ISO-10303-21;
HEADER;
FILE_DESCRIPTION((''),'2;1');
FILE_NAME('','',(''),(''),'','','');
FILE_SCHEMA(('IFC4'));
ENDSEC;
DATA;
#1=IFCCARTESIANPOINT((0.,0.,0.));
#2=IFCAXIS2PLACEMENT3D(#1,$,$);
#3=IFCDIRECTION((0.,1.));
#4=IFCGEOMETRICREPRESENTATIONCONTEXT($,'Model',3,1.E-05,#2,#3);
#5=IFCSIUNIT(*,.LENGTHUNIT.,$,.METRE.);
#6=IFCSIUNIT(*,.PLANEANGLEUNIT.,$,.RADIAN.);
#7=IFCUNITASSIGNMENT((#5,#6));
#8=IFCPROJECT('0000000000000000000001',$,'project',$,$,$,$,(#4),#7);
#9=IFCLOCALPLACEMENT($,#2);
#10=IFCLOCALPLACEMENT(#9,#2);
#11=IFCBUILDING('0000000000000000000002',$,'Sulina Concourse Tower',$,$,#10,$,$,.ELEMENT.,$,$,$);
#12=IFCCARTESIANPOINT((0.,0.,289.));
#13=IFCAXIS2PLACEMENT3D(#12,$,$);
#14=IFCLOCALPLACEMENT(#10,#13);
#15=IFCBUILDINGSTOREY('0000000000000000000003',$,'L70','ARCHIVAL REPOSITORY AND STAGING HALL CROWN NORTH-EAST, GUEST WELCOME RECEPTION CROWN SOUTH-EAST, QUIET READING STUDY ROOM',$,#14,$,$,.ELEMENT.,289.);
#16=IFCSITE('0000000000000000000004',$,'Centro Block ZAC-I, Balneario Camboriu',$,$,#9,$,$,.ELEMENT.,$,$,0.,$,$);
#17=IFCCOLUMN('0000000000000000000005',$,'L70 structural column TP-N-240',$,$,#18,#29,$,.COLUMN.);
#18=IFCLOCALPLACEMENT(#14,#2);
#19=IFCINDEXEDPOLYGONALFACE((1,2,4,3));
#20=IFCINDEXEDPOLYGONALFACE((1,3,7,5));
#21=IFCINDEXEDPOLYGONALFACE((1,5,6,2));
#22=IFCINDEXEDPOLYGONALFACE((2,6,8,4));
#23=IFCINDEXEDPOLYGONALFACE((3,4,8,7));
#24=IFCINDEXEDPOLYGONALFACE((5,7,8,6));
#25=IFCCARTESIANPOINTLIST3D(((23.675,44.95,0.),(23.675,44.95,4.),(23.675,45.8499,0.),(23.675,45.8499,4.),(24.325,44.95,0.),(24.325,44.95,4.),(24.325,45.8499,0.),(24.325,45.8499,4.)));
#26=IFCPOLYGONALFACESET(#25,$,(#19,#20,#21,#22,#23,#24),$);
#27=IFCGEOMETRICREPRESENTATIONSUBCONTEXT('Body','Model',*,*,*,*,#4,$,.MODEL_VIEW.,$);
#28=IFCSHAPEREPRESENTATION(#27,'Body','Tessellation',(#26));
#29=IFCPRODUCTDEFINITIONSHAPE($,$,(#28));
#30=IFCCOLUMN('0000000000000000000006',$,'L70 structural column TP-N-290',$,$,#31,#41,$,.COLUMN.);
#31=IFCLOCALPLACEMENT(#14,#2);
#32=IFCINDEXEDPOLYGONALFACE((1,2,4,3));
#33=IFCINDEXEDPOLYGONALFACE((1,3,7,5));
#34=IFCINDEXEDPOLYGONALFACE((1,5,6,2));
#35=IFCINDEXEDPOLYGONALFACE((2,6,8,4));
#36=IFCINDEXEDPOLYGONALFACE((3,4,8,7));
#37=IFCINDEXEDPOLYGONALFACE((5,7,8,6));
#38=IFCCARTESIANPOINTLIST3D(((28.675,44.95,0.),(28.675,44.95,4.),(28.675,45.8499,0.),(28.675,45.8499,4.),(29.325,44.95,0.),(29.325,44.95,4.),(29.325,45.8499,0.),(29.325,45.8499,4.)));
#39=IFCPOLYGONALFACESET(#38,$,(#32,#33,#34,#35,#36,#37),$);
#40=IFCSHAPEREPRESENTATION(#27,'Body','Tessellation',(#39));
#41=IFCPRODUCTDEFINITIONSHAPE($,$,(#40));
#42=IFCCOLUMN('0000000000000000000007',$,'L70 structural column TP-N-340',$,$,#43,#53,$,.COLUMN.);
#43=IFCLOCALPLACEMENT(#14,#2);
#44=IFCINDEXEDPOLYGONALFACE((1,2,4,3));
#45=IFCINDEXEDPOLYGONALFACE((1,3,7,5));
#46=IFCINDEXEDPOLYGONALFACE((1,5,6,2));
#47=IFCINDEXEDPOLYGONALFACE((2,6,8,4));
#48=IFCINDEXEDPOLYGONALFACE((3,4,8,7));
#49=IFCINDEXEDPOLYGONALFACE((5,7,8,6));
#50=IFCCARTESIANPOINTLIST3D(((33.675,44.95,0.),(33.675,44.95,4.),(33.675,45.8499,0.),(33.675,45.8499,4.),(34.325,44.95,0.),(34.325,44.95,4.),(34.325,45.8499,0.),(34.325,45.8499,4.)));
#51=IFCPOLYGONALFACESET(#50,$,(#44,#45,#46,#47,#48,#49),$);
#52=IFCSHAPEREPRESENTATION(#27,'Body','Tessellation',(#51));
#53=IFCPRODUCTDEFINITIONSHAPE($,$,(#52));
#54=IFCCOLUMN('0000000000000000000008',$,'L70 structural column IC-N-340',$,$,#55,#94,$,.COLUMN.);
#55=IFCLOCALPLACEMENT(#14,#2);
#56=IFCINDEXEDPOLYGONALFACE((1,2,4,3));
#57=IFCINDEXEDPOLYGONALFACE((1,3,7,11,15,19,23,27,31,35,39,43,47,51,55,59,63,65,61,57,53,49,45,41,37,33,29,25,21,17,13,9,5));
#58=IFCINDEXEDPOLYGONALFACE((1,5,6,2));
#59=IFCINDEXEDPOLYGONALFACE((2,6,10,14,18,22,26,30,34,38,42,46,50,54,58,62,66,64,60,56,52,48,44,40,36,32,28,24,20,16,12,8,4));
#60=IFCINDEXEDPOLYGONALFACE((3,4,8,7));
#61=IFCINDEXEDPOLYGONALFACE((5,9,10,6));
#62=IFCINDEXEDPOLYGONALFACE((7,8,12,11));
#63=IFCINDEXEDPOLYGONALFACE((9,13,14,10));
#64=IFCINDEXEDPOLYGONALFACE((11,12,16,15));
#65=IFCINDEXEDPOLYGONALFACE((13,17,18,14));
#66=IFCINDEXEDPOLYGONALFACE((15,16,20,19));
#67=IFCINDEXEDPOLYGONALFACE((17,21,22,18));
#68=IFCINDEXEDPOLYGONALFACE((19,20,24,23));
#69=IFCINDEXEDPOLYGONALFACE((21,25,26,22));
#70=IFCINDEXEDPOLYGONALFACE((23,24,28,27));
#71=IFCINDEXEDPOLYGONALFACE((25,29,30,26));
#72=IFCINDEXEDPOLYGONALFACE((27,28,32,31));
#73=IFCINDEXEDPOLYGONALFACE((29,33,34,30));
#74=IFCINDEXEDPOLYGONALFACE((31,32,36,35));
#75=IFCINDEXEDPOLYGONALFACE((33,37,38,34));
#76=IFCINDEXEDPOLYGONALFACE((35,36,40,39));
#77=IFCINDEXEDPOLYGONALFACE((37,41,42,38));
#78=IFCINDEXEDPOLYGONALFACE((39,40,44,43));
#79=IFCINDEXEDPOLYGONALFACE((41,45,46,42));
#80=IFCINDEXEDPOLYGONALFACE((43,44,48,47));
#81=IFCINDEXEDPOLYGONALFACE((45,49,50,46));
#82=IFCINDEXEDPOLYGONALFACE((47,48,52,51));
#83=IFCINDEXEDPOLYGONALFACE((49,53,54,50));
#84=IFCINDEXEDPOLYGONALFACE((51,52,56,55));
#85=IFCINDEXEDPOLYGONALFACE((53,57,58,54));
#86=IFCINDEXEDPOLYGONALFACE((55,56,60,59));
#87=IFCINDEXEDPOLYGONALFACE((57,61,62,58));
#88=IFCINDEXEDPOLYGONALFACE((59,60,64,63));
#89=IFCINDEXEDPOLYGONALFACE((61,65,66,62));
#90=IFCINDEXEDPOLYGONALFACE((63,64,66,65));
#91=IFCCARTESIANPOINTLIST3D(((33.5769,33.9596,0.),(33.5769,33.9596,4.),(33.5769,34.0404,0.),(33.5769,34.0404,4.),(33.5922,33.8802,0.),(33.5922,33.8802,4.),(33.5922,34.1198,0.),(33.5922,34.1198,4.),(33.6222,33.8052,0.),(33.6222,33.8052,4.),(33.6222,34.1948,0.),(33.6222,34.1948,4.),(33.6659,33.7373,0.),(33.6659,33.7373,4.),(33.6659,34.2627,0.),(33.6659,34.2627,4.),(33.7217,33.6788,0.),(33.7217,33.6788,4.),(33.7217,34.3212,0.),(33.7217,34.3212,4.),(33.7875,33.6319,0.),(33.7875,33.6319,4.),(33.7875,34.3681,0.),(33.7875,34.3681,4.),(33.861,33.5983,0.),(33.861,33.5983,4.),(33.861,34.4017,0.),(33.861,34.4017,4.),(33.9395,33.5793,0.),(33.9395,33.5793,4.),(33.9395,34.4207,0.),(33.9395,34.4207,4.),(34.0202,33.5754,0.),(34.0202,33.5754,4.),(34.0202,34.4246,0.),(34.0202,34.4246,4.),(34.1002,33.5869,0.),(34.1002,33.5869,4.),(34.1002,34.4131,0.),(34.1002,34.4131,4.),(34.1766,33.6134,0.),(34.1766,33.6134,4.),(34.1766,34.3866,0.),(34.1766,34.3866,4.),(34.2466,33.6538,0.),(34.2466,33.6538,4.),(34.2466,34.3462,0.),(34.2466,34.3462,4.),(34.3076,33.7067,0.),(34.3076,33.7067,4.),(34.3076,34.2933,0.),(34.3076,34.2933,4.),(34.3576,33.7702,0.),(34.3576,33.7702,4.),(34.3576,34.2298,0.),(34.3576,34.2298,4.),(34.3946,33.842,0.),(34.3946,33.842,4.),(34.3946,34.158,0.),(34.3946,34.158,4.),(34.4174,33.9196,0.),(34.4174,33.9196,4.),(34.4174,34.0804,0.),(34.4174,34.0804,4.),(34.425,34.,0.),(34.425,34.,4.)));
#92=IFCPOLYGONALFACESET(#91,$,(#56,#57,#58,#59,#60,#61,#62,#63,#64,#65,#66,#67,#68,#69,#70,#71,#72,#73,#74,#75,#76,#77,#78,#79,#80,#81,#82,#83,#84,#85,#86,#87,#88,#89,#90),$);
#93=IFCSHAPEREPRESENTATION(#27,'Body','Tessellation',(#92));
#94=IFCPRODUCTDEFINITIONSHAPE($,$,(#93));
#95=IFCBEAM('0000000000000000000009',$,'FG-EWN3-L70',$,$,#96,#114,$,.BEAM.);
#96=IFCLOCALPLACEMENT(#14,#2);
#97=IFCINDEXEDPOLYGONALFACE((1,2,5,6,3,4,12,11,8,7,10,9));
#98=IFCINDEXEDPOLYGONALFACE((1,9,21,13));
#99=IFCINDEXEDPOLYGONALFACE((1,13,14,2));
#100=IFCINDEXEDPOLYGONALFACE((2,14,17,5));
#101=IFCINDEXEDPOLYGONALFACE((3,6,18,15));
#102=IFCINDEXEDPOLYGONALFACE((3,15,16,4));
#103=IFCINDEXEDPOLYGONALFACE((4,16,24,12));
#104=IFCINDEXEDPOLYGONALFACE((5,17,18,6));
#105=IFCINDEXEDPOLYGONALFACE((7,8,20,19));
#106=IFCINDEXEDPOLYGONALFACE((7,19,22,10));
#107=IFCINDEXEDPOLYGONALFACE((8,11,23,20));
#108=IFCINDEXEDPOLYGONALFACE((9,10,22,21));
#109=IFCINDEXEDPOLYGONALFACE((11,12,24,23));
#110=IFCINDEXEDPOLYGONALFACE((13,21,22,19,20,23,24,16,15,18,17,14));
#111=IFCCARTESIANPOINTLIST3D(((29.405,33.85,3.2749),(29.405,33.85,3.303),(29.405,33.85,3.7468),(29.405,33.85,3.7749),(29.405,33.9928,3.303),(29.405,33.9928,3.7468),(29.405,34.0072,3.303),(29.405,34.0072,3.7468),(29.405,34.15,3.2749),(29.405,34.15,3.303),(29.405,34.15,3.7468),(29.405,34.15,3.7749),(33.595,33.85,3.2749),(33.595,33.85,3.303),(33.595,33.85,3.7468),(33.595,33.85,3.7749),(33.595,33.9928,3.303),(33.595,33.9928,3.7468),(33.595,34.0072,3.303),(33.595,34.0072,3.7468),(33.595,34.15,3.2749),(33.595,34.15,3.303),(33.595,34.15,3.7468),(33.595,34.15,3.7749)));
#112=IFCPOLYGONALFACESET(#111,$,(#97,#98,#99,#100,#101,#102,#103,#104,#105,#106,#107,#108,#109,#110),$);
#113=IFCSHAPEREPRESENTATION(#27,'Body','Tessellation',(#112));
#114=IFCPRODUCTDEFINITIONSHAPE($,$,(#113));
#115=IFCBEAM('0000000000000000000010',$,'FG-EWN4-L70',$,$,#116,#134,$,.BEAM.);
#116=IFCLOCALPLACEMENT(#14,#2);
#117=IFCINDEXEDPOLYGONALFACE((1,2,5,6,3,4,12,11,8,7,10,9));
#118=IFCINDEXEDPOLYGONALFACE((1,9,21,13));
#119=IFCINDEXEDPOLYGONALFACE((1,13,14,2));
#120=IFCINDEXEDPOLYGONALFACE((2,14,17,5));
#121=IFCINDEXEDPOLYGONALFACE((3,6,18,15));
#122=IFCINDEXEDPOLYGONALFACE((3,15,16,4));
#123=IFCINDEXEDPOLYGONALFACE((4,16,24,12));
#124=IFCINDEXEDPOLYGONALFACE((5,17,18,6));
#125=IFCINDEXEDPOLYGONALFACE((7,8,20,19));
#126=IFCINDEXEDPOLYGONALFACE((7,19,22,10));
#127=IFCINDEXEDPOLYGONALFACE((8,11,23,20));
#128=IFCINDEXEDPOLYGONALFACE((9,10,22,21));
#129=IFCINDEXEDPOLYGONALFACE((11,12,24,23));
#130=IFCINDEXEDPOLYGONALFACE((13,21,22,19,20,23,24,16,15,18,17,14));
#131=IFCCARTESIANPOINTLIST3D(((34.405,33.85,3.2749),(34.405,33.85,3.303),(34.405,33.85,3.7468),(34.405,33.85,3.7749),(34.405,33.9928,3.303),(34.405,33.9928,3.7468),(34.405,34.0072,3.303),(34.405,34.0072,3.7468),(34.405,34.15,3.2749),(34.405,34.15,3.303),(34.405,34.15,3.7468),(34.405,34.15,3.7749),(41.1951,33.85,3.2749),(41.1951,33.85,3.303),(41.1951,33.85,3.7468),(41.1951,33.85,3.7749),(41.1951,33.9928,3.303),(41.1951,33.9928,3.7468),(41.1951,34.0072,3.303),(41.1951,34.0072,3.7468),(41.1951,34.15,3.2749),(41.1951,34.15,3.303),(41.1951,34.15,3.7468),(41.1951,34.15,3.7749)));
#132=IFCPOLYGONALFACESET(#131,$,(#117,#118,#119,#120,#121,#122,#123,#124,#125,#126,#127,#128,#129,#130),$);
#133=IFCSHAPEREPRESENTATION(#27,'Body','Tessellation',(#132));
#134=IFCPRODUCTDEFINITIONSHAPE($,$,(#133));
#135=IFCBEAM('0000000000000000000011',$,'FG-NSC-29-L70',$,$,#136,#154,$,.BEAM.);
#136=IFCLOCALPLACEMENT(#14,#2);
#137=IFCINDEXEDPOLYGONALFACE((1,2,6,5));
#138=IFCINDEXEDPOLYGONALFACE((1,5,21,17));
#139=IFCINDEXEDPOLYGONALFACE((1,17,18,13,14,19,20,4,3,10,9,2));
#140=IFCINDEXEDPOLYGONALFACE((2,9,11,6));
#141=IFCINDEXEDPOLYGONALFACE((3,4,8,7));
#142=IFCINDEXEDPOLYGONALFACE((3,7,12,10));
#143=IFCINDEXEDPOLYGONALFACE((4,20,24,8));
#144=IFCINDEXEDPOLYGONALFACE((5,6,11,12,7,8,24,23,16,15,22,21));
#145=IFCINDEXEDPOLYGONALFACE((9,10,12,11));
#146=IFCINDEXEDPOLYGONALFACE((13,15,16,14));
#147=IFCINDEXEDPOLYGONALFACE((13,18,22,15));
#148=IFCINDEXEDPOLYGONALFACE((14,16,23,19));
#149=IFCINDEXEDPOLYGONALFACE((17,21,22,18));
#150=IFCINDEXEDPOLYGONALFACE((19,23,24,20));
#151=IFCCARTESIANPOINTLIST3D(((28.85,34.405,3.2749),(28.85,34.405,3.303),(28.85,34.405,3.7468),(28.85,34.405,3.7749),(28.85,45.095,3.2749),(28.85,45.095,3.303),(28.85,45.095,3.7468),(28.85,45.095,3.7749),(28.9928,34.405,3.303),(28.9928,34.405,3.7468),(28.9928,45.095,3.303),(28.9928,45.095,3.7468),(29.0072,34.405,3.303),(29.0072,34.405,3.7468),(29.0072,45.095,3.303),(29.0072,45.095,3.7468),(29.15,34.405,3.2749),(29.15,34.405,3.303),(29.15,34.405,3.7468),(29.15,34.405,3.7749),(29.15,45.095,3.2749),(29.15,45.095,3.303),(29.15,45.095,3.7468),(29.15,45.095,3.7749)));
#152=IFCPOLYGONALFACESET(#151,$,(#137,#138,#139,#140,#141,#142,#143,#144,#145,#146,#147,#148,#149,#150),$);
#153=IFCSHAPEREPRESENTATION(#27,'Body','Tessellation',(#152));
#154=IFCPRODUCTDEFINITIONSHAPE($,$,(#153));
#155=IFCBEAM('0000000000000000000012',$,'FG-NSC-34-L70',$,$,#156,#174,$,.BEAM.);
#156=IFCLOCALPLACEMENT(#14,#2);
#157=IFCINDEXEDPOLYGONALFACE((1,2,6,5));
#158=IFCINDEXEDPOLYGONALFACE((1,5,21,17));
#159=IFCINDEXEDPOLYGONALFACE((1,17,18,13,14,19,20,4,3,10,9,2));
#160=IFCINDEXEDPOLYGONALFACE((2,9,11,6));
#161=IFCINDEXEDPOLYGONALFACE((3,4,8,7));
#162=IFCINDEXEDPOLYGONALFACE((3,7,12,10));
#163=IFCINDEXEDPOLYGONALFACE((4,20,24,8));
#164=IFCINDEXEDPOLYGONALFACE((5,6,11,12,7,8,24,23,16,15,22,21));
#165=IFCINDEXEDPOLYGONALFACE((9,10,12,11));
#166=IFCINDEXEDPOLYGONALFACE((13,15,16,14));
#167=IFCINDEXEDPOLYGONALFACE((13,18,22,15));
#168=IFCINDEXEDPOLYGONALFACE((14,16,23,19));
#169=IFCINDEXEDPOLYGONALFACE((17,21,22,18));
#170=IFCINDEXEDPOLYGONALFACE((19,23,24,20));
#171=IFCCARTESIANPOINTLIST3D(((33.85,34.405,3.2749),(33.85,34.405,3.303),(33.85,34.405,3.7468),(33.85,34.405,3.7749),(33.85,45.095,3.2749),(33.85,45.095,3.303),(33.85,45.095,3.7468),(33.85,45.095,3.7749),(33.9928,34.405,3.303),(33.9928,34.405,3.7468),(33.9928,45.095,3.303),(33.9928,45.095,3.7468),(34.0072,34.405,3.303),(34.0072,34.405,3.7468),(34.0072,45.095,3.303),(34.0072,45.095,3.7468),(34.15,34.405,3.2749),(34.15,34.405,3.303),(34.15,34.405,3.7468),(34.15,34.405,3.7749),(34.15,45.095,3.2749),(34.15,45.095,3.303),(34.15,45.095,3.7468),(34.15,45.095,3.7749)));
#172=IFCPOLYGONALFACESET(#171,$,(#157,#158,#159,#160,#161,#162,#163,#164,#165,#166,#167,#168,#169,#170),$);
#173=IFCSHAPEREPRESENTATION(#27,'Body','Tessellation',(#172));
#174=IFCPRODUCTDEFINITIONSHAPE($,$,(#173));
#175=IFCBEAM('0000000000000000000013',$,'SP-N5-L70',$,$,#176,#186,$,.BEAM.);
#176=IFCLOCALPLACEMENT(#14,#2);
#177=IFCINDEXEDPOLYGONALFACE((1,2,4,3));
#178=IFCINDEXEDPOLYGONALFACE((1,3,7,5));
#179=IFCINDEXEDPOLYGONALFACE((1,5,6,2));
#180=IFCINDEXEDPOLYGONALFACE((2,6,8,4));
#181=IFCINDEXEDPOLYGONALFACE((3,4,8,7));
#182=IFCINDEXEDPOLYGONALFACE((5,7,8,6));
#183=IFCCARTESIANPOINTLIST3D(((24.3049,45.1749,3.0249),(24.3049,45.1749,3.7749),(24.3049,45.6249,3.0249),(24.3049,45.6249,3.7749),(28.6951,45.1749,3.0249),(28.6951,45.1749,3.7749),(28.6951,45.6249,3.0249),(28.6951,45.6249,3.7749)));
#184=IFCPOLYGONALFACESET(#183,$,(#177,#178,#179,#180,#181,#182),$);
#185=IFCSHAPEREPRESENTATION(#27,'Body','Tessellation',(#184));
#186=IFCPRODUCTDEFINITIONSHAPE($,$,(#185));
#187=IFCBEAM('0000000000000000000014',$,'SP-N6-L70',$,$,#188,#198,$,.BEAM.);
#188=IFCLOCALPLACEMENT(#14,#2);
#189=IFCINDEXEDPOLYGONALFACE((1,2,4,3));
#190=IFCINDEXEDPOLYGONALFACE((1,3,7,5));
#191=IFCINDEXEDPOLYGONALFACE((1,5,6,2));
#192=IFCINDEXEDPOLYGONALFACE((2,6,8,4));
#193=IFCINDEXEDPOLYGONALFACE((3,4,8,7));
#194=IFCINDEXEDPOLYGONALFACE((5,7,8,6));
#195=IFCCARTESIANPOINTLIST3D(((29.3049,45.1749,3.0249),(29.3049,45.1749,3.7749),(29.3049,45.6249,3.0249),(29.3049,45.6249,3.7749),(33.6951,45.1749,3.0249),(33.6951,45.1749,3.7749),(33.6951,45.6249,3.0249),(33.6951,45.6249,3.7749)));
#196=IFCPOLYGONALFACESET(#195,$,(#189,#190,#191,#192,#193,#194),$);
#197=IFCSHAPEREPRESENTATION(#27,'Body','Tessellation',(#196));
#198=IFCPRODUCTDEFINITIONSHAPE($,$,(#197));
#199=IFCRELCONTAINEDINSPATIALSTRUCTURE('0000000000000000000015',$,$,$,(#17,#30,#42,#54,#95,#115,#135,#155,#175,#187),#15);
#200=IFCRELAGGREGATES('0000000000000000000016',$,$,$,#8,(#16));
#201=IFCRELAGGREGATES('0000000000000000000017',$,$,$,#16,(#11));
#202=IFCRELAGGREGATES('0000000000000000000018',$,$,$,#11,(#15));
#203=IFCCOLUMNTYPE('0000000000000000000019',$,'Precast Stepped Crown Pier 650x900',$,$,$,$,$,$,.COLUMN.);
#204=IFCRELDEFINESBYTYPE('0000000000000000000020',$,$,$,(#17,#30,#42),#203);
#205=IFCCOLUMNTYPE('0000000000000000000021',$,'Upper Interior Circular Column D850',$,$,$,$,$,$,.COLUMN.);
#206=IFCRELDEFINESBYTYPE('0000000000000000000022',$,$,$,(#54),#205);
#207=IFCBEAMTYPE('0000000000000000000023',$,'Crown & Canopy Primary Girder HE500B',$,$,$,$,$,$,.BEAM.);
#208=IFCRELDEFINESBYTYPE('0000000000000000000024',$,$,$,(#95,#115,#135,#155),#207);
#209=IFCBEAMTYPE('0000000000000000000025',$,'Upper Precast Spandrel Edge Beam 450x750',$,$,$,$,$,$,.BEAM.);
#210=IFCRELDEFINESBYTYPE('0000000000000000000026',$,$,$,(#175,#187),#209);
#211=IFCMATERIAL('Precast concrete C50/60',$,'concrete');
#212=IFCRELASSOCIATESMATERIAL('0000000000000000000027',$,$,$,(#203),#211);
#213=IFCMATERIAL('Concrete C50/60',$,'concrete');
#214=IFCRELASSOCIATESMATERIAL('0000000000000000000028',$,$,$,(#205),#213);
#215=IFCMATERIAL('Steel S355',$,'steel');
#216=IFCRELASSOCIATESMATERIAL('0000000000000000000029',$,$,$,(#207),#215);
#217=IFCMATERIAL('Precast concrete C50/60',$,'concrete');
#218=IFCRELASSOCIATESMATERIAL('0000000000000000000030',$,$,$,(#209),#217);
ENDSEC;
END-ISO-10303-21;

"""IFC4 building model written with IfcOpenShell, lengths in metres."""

from ifc_helpers import new_model, si_unit, direction, frame, origin, origin_2d, place, context, subcontext, project, spatial, rectangle, circle, i_section, extrude, material, material_profile, profile_set, type_object, element, save


model = new_model("IFC4")

# Units and contexts
model_context = context("Model", 3, precision=1e-05, world=origin(), true_north=direction((0.0, 1.0)))
body_context = subcontext(model_context, "Body", "Model", "MODEL_VIEW")
ifc_project = project(units=[si_unit("LENGTHUNIT", "METRE"), si_unit("PLANEANGLEUNIT", "RADIAN")], contexts=[model_context])

# Site, building, storey
site_placement = place(None, origin())
site = spatial("IfcSite", under=ifc_project, at=site_placement, Name="Centro Block ZAC-I, Balneario Camboriu", CompositionType="ELEMENT", RefElevation=0.0)
building_placement = place(site_placement, origin())
building = spatial("IfcBuilding", under=site, at=building_placement, Name="Sulina Concourse Tower", CompositionType="ELEMENT")
storey_placement = place(building_placement, frame((0.0, 0.0, 289.0)))
storey = spatial("IfcBuildingStorey", under=building, at=storey_placement, Name="L70", Description="ARCHIVAL REPOSITORY AND STAGING HALL CROWN NORTH-EAST, GUEST WELCOME RECEPTION CROWN SOUTH-EAST, QUIET READING STUDY ROOM", CompositionType="ELEMENT", Elevation=289.0)

# Columns
ifc_material_1 = material(Name="Precast concrete C50/60", Category="concrete")
ifc_material_profile_1 = material_profile(ifc_material_1, rectangle(XDim=0.6499, YDim=0.8999, at=origin_2d()), Name="PC 650x900")
ifc_profile_set_1 = profile_set([ifc_material_profile_1], Name="Precast concrete C50/60")
column_type_1 = type_object("IfcColumnType", Name="Precast Stepped Crown Pier 650x900", PredefinedType="COLUMN", material=ifc_profile_set_1)
for number, where, z_axis, x_axis, name in (
    (1, (24.0, 45.3999, 0.0), (0.0, 0.0, 1.0), (1.0, 0.0, 0.0), "L70 structural column TP-N-240"),
    (2, (29.0, 45.3999, 0.0), (0.0, 0.0, 1.0), (1.0, 0.0, 0.0), "L70 structural column TP-N-290"),
    (3, (34.0, 45.3999, 0.0), (0.0, 0.0, 1.0), (1.0, 0.0, 0.0), "L70 structural column TP-N-340"),
):
    element("IfcColumn", number, at=place(storey_placement, frame(where, z_axis=z_axis, x_axis=x_axis)), inside=storey, type_object=column_type_1, Name=name, PredefinedType="COLUMN", context=body_context, shape_type="SweptSolid", body=[
        extrude(rectangle(XDim=0.6499, YDim=0.8999, at=origin_2d()), origin(), (0.0, 0.0, 1.0), 4.0),
    ])
ifc_material_2 = material(Name="Concrete C50/60", Category="concrete")
ifc_material_profile_2 = material_profile(ifc_material_2, circle(Radius=0.425, at=origin_2d()), Name="RC D850")
ifc_profile_set_2 = profile_set([ifc_material_profile_2], Name="Concrete C50/60")
column_type_2 = type_object("IfcColumnType", Name="Upper Interior Circular Column D850", PredefinedType="COLUMN", material=ifc_profile_set_2)
column_placement = place(storey_placement, frame((34.0, 34.0, 0.0), z_axis=(0.0, 0.0, 1.0), x_axis=(1.0, 0.0, 0.0)))
element("IfcColumn", 4, at=column_placement, inside=storey, type_object=column_type_2, Name="L70 structural column IC-N-340", PredefinedType="COLUMN", context=body_context, shape_type="SweptSolid", body=[
    extrude(circle(Radius=0.425, at=origin_2d()), origin(), (0.0, 0.0, 1.0), 4.0),
])

# Beams
ifc_material_3 = material(Name="Steel S355", Category="steel")
ifc_material_profile_3 = material_profile(ifc_material_3, i_section(OverallWidth=0.3, OverallDepth=0.5, WebThickness=0.0144, FlangeThickness=0.0281, at=origin_2d()), Name="HE 500 B")
ifc_profile_set_3 = profile_set([ifc_material_profile_3], Name="Steel S355")
beam_type_1 = type_object("IfcBeamType", Name="Crown & Canopy Primary Girder HE500B", PredefinedType="BEAM", material=ifc_profile_set_3)
beam_1_placement = place(storey_placement, frame((29.405, 34.0, 3.5249), z_axis=(1.0, 0.0, 0.0), x_axis=(0.0, 1.0, 0.0)))
element("IfcBeam", 5, at=beam_1_placement, inside=storey, type_object=beam_type_1, Name="FG-EWN3-L70", PredefinedType="BEAM", context=body_context, shape_type="SweptSolid", body=[
    extrude(i_section(OverallWidth=0.3, OverallDepth=0.5, WebThickness=0.0144, FlangeThickness=0.0281, at=origin_2d()), origin(), (0.0, 0.0, 1.0), 4.1899),
])
beam_2_placement = place(storey_placement, frame((34.405, 34.0, 3.5249), z_axis=(1.0, 0.0, 0.0), x_axis=(0.0, 1.0, 0.0)))
element("IfcBeam", 6, at=beam_2_placement, inside=storey, type_object=beam_type_1, Name="FG-EWN4-L70", PredefinedType="BEAM", context=body_context, shape_type="SweptSolid", body=[
    extrude(i_section(OverallWidth=0.3, OverallDepth=0.5, WebThickness=0.0144, FlangeThickness=0.0281, at=origin_2d()), origin(), (0.0, 0.0, 1.0), 6.79),
])
for number, where, z_axis, x_axis, name in (
    (7, (29.0, 34.405, 3.5249), (0.0, 1.0, 0.0), (-1.0, 0.0, 0.0), "FG-NSC-29-L70"),
    (8, (34.0, 34.405, 3.5249), (0.0, 1.0, 0.0), (-1.0, 0.0, 0.0), "FG-NSC-34-L70"),
):
    element("IfcBeam", number, at=place(storey_placement, frame(where, z_axis=z_axis, x_axis=x_axis)), inside=storey, type_object=beam_type_1, Name=name, PredefinedType="BEAM", context=body_context, shape_type="SweptSolid", body=[
        extrude(i_section(OverallWidth=0.3, OverallDepth=0.5, WebThickness=0.0144, FlangeThickness=0.0281, at=origin_2d()), origin(), (0.0, 0.0, 1.0), 10.6899),
    ])
ifc_material_4 = material(Name="Precast concrete C50/60", Category="concrete")
ifc_material_profile_4 = material_profile(ifc_material_4, rectangle(XDim=0.45, YDim=0.75, at=origin_2d()), Name="RC 450x750")
ifc_profile_set_4 = profile_set([ifc_material_profile_4], Name="Precast concrete C50/60")
beam_type_2 = type_object("IfcBeamType", Name="Upper Precast Spandrel Edge Beam 450x750", PredefinedType="BEAM", material=ifc_profile_set_4)
for number, where, z_axis, x_axis, name in (
    (9, (24.3049, 45.3999, 3.3999), (1.0, 0.0, 0.0), (0.0, 1.0, 0.0), "SP-N5-L70"),
    (10, (29.3049, 45.3999, 3.3999), (1.0, 0.0, 0.0), (0.0, 1.0, 0.0), "SP-N6-L70"),
):
    element("IfcBeam", number, at=place(storey_placement, frame(where, z_axis=z_axis, x_axis=x_axis)), inside=storey, type_object=beam_type_2, Name=name, PredefinedType="BEAM", context=body_context, shape_type="SweptSolid", body=[
        extrude(rectangle(XDim=0.45, YDim=0.75, at=origin_2d()), origin(), (0.0, 0.0, 1.0), 4.3901),
    ])

save(model, "model.ifc")
